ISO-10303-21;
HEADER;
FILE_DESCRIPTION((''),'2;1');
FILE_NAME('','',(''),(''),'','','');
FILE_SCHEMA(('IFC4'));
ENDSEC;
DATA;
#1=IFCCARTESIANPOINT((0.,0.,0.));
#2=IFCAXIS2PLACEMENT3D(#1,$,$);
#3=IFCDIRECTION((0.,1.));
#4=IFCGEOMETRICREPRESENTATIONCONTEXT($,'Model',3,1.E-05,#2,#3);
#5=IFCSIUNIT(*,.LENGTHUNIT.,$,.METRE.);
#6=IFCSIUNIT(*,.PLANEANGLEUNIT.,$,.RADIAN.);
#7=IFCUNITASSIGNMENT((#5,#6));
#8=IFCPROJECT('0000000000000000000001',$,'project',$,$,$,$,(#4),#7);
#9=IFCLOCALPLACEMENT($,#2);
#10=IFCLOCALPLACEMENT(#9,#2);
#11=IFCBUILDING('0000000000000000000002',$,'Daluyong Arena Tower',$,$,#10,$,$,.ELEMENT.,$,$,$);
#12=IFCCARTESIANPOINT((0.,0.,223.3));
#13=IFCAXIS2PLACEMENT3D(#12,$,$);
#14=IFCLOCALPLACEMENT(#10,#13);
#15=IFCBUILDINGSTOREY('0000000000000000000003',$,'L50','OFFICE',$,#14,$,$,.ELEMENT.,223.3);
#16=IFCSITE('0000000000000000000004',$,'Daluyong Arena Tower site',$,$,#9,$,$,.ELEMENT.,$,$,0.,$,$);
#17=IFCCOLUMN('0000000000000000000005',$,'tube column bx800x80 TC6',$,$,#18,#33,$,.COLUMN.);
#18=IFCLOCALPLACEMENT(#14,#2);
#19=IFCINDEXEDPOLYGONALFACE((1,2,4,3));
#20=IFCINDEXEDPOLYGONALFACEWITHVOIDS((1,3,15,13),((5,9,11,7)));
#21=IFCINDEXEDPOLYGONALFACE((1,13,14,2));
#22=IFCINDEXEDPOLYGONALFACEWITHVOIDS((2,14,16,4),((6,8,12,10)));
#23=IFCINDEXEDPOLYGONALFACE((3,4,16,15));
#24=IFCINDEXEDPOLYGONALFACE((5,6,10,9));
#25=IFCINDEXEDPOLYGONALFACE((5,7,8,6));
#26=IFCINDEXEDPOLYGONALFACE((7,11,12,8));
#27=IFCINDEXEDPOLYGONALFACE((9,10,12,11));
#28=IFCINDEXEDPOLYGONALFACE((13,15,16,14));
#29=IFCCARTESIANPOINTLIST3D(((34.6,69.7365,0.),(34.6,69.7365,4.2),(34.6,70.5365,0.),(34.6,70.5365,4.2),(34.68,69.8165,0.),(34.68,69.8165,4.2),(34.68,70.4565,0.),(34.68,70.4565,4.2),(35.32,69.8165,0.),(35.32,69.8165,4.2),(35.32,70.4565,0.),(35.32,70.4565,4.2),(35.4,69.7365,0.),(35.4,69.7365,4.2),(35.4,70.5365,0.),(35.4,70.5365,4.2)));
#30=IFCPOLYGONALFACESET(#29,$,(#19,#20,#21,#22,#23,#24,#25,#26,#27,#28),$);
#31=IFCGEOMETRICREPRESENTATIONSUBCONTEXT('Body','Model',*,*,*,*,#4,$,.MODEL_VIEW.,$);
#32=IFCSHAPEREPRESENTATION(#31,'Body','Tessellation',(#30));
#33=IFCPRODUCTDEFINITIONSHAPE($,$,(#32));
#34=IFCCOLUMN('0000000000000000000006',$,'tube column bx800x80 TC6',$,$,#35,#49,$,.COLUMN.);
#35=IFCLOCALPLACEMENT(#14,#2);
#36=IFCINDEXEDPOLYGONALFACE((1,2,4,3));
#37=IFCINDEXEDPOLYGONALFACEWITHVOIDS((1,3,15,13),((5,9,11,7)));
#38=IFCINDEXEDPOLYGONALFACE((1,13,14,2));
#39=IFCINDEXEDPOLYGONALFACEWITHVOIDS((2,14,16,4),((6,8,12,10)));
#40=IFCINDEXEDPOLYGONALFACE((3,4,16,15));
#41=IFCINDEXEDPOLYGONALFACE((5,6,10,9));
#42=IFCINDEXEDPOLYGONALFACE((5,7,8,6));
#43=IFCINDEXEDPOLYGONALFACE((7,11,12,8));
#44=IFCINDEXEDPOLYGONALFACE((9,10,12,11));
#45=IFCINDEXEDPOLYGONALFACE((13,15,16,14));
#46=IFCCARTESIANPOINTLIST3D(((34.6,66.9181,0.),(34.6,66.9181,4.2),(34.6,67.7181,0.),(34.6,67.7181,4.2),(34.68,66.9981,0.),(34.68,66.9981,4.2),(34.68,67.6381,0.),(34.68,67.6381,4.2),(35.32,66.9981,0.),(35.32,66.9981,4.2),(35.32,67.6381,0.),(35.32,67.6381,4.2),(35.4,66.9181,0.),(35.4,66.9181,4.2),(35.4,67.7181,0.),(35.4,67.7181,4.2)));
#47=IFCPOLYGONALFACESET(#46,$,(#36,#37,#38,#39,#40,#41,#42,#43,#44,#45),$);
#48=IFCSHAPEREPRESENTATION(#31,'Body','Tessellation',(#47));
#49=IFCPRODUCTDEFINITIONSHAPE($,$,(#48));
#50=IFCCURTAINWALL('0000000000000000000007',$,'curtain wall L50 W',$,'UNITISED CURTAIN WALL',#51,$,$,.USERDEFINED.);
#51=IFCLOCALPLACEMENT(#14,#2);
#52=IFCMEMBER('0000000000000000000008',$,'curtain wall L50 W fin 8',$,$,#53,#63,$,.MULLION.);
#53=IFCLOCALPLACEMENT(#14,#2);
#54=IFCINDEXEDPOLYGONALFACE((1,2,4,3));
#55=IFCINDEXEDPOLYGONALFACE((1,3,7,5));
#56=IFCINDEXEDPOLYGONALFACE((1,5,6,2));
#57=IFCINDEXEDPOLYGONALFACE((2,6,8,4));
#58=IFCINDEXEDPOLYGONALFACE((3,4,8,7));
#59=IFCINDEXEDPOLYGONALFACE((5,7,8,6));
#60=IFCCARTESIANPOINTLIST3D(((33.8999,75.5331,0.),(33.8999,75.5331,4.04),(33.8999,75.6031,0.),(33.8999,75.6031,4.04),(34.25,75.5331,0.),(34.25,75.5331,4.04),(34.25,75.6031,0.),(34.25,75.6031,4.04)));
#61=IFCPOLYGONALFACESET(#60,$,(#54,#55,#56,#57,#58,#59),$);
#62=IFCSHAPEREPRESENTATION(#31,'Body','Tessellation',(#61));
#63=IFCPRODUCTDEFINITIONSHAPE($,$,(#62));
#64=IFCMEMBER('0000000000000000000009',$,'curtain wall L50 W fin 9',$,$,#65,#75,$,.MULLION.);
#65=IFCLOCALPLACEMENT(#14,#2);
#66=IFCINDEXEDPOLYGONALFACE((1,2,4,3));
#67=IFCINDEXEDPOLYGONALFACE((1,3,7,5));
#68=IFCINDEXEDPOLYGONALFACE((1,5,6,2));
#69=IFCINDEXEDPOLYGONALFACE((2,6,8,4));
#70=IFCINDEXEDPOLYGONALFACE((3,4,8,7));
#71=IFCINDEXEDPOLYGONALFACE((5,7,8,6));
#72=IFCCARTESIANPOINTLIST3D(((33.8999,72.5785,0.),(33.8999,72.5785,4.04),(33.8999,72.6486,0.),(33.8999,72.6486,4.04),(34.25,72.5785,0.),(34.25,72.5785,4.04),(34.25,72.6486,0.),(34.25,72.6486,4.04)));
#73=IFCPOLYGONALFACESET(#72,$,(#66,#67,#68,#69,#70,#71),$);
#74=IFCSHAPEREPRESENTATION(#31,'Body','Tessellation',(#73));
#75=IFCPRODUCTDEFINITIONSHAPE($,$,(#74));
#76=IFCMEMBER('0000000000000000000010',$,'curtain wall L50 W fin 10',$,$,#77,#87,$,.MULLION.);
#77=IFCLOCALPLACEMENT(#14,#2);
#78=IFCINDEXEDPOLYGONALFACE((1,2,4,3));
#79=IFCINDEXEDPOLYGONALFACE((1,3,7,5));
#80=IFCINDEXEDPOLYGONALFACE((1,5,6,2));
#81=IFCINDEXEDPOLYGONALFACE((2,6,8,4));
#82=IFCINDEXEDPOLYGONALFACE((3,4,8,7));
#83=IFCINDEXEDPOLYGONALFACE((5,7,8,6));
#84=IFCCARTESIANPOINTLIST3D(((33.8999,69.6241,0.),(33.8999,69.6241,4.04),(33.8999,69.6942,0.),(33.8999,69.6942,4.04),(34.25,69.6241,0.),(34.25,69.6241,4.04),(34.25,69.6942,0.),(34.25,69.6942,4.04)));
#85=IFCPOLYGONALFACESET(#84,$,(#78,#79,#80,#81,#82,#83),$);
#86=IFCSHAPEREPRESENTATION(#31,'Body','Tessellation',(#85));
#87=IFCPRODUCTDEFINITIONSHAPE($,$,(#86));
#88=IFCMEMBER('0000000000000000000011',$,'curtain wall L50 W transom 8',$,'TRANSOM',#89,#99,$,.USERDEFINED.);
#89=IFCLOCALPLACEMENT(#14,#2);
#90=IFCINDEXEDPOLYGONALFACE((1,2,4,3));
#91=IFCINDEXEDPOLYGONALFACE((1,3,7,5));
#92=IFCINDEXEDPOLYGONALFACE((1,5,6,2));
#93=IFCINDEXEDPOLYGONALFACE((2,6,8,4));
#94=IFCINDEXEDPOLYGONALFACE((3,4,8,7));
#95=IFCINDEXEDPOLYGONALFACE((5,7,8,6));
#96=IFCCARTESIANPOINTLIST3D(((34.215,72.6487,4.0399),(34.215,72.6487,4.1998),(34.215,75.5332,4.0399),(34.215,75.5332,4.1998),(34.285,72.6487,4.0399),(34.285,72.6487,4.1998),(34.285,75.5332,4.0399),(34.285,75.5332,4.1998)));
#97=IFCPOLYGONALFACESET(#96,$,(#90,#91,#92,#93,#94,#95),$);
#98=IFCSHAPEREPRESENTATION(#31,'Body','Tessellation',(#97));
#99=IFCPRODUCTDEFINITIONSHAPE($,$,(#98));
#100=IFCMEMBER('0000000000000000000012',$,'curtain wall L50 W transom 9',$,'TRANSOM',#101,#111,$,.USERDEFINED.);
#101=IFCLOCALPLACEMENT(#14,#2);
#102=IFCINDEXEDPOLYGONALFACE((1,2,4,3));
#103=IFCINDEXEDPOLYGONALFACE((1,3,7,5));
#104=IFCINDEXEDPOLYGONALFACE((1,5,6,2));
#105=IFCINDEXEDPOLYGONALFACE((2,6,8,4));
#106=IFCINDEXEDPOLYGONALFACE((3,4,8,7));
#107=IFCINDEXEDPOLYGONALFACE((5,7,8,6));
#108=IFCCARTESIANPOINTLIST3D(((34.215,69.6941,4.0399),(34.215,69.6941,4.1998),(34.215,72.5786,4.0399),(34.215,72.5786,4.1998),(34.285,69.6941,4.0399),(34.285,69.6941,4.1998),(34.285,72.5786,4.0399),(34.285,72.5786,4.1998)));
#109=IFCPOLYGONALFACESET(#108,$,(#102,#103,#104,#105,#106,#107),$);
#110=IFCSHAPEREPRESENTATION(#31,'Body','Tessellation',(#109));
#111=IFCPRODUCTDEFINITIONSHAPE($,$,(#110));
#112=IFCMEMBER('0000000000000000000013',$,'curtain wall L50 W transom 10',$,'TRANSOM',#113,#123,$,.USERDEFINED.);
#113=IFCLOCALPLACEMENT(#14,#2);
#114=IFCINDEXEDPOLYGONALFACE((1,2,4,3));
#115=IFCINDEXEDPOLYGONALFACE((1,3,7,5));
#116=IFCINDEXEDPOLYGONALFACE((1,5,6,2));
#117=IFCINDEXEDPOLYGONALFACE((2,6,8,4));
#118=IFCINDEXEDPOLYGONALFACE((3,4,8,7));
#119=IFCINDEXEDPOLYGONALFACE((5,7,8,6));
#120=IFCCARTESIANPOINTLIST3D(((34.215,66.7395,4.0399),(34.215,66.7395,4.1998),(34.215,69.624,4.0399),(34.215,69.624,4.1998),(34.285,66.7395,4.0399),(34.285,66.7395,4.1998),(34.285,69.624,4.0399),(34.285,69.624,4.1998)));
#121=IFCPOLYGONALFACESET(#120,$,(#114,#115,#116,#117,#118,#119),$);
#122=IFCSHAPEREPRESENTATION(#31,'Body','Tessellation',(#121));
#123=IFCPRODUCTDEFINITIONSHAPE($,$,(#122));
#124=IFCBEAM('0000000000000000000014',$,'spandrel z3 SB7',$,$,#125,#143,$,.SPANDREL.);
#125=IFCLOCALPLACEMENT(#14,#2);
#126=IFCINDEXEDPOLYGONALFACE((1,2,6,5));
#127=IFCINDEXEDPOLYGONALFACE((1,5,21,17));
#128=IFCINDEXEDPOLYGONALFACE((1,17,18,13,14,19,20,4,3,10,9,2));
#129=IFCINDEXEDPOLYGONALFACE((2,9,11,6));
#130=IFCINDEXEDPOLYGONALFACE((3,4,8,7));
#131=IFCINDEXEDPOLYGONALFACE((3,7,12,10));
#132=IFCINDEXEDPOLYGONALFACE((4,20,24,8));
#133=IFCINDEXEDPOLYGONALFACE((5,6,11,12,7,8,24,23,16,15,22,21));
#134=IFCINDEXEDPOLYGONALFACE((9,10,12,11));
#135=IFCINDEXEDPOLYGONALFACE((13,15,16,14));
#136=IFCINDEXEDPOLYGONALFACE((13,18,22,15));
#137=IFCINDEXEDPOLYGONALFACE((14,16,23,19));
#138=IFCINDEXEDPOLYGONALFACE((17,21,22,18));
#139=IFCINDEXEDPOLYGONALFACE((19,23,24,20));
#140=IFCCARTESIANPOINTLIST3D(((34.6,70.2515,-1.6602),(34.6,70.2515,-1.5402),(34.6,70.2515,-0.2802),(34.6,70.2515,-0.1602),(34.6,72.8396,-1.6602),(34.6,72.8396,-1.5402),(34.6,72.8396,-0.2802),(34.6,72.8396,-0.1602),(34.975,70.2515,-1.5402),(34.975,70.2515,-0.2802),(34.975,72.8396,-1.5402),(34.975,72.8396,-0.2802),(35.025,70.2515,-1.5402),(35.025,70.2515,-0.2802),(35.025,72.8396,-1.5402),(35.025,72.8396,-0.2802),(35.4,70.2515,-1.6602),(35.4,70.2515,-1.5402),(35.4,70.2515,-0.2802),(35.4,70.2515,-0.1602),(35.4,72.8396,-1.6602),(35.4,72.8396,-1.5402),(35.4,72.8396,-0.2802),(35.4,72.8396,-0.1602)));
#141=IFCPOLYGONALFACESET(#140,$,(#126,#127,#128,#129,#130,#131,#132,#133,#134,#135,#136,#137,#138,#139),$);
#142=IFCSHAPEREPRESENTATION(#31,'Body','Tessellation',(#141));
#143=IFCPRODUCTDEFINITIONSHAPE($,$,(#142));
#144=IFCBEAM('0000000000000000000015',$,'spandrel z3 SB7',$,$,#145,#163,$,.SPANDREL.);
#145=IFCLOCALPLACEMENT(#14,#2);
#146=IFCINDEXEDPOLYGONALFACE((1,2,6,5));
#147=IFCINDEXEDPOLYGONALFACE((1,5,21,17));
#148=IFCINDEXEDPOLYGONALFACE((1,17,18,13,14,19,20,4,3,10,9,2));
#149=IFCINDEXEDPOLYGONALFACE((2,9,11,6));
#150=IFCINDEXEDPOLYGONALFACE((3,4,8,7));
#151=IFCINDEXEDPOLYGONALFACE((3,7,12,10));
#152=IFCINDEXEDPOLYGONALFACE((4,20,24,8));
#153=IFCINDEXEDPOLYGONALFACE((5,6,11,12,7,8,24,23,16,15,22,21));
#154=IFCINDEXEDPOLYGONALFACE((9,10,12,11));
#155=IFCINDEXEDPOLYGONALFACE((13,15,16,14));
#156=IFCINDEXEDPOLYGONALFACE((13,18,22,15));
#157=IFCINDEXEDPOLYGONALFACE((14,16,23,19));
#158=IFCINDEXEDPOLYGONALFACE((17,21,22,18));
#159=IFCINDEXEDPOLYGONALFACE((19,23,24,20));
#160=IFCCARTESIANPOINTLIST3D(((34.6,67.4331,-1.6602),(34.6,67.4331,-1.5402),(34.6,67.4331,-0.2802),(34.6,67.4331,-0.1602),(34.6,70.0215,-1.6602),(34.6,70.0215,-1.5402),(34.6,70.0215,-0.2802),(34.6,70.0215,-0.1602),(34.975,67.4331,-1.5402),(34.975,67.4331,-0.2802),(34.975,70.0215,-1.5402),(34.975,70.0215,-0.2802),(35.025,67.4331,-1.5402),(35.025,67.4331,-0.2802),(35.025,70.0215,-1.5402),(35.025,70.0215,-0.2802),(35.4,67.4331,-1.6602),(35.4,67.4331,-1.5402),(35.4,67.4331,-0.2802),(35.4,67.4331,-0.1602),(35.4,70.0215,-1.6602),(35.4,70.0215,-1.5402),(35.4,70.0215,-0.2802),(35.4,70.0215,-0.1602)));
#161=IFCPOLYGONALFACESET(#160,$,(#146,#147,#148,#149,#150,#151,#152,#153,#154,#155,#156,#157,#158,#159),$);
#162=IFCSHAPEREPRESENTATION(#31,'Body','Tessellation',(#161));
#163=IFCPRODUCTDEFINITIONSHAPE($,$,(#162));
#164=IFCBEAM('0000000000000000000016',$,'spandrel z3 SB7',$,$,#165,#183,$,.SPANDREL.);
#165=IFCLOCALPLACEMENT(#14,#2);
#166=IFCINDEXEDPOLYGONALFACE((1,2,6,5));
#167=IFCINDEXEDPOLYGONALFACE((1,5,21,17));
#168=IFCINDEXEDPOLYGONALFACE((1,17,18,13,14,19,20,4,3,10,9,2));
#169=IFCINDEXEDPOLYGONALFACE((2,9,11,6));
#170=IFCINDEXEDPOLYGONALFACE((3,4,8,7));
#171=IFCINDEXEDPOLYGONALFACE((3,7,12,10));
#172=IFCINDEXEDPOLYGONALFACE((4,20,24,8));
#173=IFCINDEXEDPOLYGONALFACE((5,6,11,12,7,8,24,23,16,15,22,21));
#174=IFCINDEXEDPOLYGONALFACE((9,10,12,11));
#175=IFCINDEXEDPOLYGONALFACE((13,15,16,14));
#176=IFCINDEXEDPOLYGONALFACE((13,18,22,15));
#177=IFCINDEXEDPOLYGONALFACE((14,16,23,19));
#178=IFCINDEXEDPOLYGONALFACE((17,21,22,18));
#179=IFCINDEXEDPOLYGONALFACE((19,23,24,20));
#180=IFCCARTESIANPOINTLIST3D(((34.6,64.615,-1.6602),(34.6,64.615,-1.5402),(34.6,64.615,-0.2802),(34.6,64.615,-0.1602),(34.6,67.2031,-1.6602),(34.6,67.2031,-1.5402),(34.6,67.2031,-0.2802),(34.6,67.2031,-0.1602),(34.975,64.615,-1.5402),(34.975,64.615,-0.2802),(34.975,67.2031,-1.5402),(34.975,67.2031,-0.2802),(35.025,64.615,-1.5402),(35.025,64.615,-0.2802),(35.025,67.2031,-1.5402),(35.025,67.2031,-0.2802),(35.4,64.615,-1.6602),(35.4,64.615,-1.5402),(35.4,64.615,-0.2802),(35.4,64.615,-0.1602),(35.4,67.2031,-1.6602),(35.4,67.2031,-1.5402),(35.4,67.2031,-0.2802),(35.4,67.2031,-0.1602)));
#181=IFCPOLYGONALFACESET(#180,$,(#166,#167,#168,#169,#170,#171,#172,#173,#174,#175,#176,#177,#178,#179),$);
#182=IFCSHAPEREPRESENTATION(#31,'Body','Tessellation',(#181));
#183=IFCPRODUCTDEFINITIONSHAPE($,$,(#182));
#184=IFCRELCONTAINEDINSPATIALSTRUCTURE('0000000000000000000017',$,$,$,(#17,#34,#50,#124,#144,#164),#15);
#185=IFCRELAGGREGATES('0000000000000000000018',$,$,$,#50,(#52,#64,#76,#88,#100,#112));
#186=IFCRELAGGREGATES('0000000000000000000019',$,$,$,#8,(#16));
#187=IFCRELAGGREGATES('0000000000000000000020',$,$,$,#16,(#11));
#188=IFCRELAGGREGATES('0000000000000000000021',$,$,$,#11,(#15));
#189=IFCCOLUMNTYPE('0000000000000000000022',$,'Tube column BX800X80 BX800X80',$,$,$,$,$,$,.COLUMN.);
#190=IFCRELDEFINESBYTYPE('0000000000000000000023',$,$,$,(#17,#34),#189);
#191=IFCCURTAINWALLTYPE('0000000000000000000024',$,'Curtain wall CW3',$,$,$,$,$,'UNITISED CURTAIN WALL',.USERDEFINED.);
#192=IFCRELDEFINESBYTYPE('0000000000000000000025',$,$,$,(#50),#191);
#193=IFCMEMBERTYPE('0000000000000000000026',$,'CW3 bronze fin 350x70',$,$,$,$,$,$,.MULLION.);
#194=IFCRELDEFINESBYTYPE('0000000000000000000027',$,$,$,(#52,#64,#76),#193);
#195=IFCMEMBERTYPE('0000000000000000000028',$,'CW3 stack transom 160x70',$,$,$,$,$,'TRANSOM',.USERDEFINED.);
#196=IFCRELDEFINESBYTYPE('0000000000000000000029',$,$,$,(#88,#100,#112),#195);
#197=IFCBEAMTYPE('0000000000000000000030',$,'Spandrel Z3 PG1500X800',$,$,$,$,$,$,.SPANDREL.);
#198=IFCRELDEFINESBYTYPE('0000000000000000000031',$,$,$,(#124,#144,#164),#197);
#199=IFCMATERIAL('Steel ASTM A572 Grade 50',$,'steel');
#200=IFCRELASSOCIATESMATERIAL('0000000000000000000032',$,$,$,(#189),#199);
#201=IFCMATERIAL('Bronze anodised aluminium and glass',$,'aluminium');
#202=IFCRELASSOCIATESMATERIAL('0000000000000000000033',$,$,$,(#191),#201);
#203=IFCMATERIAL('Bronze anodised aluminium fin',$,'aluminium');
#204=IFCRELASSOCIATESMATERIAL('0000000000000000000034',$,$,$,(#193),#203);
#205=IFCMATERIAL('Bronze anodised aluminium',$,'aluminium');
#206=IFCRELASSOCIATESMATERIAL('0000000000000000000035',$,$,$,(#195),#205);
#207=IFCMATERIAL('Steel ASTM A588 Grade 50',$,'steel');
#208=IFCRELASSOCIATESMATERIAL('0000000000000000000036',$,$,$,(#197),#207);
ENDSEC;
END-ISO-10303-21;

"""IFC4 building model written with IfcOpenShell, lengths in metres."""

from ifc_helpers import new_model, si_unit, direction, frame, origin, origin_2d, place, context, subcontext, project, spatial, rectangle, hollow_rectangle, i_section, extrude, material, material_profile, profile_set, type_object, element, aggregate, save


model = new_model("IFC4")

# Units and contexts
model_context = context("Model", 3, precision=1e-05, world=origin(), true_north=direction((0.0, 1.0)))
body_context = subcontext(model_context, "Body", "Model", "MODEL_VIEW")
ifc_project = project(units=[si_unit("LENGTHUNIT", "METRE"), si_unit("PLANEANGLEUNIT", "RADIAN")], contexts=[model_context])

# Site, building, storey
site_placement = place(None, origin())
site = spatial("IfcSite", under=ifc_project, at=site_placement, Name="Daluyong Arena Tower site", CompositionType="ELEMENT", RefElevation=0.0)
building_placement = place(site_placement, origin())
building = spatial("IfcBuilding", under=site, at=building_placement, Name="Daluyong Arena Tower", CompositionType="ELEMENT")
storey_placement = place(building_placement, frame((0.0, 0.0, 223.3)))
storey = spatial("IfcBuildingStorey", under=building, at=storey_placement, Name="L50", Description="OFFICE", CompositionType="ELEMENT", Elevation=223.3)

# Columns
ifc_material_1 = material(Name="Steel ASTM A572 Grade 50", Category="steel")
ifc_material_profile_1 = material_profile(ifc_material_1, hollow_rectangle(XDim=0.8, YDim=0.8, WallThickness=0.08, at=origin_2d()))
ifc_profile_set_1 = profile_set([ifc_material_profile_1], Name="Steel ASTM A572 Grade 50")
column_type = type_object("IfcColumnType", Name="Tube column BX800X80 BX800X80", PredefinedType="COLUMN", material=ifc_profile_set_1)
for number, where, z_axis, x_axis, name in (
    (1, (35.0, 70.1365, 0.0), (0.0, 0.0, 1.0), (0.0, 1.0, 0.0), "tube column bx800x80 TC6"),
    (2, (35.0, 67.3181, 0.0), (0.0, 0.0, 1.0), (0.0, 1.0, 0.0), "tube column bx800x80 TC6"),
):
    element("IfcColumn", number, at=place(storey_placement, frame(where, z_axis=z_axis, x_axis=x_axis)), inside=storey, type_object=column_type, Name=name, PredefinedType="COLUMN", context=body_context, shape_type="SweptSolid", body=[
        extrude(hollow_rectangle(XDim=0.8, YDim=0.8, WallThickness=0.08, at=origin_2d()), origin(), (0.0, 0.0, 1.0), 4.2),
    ])

# Curtain wall, members
ifc_material_2 = material(Name="Bronze anodised aluminium and glass", Category="aluminium")
curtain_wall_type = type_object("IfcCurtainWallType", Name="Curtain wall CW3", ElementType="UNITISED CURTAIN WALL", PredefinedType="USERDEFINED", material=ifc_material_2)
curtain_wall_placement = place(storey_placement, origin())
curtain_wall = element("IfcCurtainWall", 3, at=curtain_wall_placement, inside=storey, type_object=curtain_wall_type, Name="curtain wall L50 W", ObjectType="UNITISED CURTAIN WALL", PredefinedType="USERDEFINED")
ifc_material_3 = material(Name="Bronze anodised aluminium fin", Category="aluminium")
ifc_material_profile_2 = material_profile(ifc_material_3, rectangle(XDim=0.3501, YDim=0.0701, at=origin_2d()))
ifc_profile_set_2 = profile_set([ifc_material_profile_2], Name="Bronze anodised aluminium fin")
member_type_1 = type_object("IfcMemberType", Name="CW3 bronze fin 350x70", PredefinedType="MULLION", material=ifc_profile_set_2)
member_1_placement = place(storey_placement, frame((34.075, 75.5681, 0.0), z_axis=(0.0, 0.0, 1.0), x_axis=(1.0, 0.0, 0.0)))
member_1 = element("IfcMember", 4, at=member_1_placement, type_object=member_type_1, Name="curtain wall L50 W fin 8", PredefinedType="MULLION", context=body_context, shape_type="SweptSolid", body=[
    extrude(rectangle(XDim=0.3501, YDim=0.0701, at=origin_2d()), origin(), (0.0, 0.0, 1.0), 4.04),
])
member_2_placement = place(storey_placement, frame((34.075, 72.6135, 0.0), z_axis=(0.0, 0.0, 1.0), x_axis=(1.0, 0.0, 0.0)))
member_2 = element("IfcMember", 5, at=member_2_placement, type_object=member_type_1, Name="curtain wall L50 W fin 9", PredefinedType="MULLION", context=body_context, shape_type="SweptSolid", body=[
    extrude(rectangle(XDim=0.3501, YDim=0.0701, at=origin_2d()), origin(), (0.0, 0.0, 1.0), 4.04),
])
member_3_placement = place(storey_placement, frame((34.075, 69.6592, 0.0), z_axis=(0.0, 0.0, 1.0), x_axis=(1.0, 0.0, 0.0)))
member_3 = element("IfcMember", 6, at=member_3_placement, type_object=member_type_1, Name="curtain wall L50 W fin 10", PredefinedType="MULLION", context=body_context, shape_type="SweptSolid", body=[
    extrude(rectangle(XDim=0.3501, YDim=0.0701, at=origin_2d()), origin(), (0.0, 0.0, 1.0), 4.04),
])
ifc_material_4 = material(Name="Bronze anodised aluminium", Category="aluminium")
ifc_material_profile_3 = material_profile(ifc_material_4, rectangle(XDim=0.0701, YDim=0.1599, at=origin_2d()))
ifc_profile_set_3 = profile_set([ifc_material_profile_3], Name="Bronze anodised aluminium")
member_type_2 = type_object("IfcMemberType", Name="CW3 stack transom 160x70", ElementType="TRANSOM", PredefinedType="USERDEFINED", material=ifc_profile_set_3)
member_4_placement = place(storey_placement, frame((34.25, 75.5332, 4.1199), z_axis=(0.0, -1.0, 0.0), x_axis=(1.0, 0.0, 0.0)))
member_4 = element("IfcMember", 7, at=member_4_placement, type_object=member_type_2, Name="curtain wall L50 W transom 8", ObjectType="TRANSOM", PredefinedType="USERDEFINED", context=body_context, shape_type="SweptSolid", body=[
    extrude(rectangle(XDim=0.0701, YDim=0.1599, at=origin_2d()), origin(), (0.0, 0.0, 1.0), 2.8845),
])
member_5_placement = place(storey_placement, frame((34.25, 72.5786, 4.1199), z_axis=(0.0, -1.0, 0.0), x_axis=(1.0, 0.0, 0.0)))
member_5 = element("IfcMember", 8, at=member_5_placement, type_object=member_type_2, Name="curtain wall L50 W transom 9", ObjectType="TRANSOM", PredefinedType="USERDEFINED", context=body_context, shape_type="SweptSolid", body=[
    extrude(rectangle(XDim=0.0701, YDim=0.1599, at=origin_2d()), origin(), (0.0, 0.0, 1.0), 2.8845),
])
member_6_placement = place(storey_placement, frame((34.25, 69.624, 4.1199), z_axis=(0.0, -1.0, 0.0), x_axis=(1.0, 0.0, 0.0)))
member_6 = element("IfcMember", 9, at=member_6_placement, type_object=member_type_2, Name="curtain wall L50 W transom 10", ObjectType="TRANSOM", PredefinedType="USERDEFINED", context=body_context, shape_type="SweptSolid", body=[
    extrude(rectangle(XDim=0.0701, YDim=0.1599, at=origin_2d()), origin(), (0.0, 0.0, 1.0), 2.8845),
])

# Beams
ifc_material_5 = material(Name="Steel ASTM A588 Grade 50", Category="steel")
ifc_material_profile_4 = material_profile(ifc_material_5, i_section(OverallWidth=0.8, OverallDepth=1.5, WebThickness=0.05, FlangeThickness=0.12, at=origin_2d()))
ifc_profile_set_4 = profile_set([ifc_material_profile_4], Name="Steel ASTM A588 Grade 50")
beam_type = type_object("IfcBeamType", Name="Spandrel Z3 PG1500X800", PredefinedType="SPANDREL", material=ifc_profile_set_4)
beam_1_placement = place(storey_placement, frame((35.0, 72.8396, -0.9102), z_axis=(0.0, -1.0, 0.0), x_axis=(1.0, 0.0, 0.0)))
element("IfcBeam", 10, at=beam_1_placement, inside=storey, type_object=beam_type, Name="spandrel z3 SB7", PredefinedType="SPANDREL", context=body_context, shape_type="SweptSolid", body=[
    extrude(i_section(OverallWidth=0.8, OverallDepth=1.5, WebThickness=0.05, FlangeThickness=0.12, at=origin_2d()), origin(), (0.0, 0.0, 1.0), 2.5881),
])
beam_2_placement = place(storey_placement, frame((35.0, 70.0215, -0.9102), z_axis=(0.0, -1.0, 0.0), x_axis=(1.0, 0.0, 0.0)))
element("IfcBeam", 11, at=beam_2_placement, inside=storey, type_object=beam_type, Name="spandrel z3 SB7", PredefinedType="SPANDREL", context=body_context, shape_type="SweptSolid", body=[
    extrude(i_section(OverallWidth=0.8, OverallDepth=1.5, WebThickness=0.05, FlangeThickness=0.12, at=origin_2d()), origin(), (0.0, 0.0, 1.0), 2.5884),
])
beam_3_placement = place(storey_placement, frame((35.0, 67.2031, -0.9102), z_axis=(0.0, -1.0, 0.0), x_axis=(1.0, 0.0, 0.0)))
element("IfcBeam", 12, at=beam_3_placement, inside=storey, type_object=beam_type, Name="spandrel z3 SB7", PredefinedType="SPANDREL", context=body_context, shape_type="SweptSolid", body=[
    extrude(i_section(OverallWidth=0.8, OverallDepth=1.5, WebThickness=0.05, FlangeThickness=0.12, at=origin_2d()), origin(), (0.0, 0.0, 1.0), 2.5881),
])

aggregate(curtain_wall, [member_1, member_2, member_3, member_4, member_5, member_6])

save(model, "model.ifc")
